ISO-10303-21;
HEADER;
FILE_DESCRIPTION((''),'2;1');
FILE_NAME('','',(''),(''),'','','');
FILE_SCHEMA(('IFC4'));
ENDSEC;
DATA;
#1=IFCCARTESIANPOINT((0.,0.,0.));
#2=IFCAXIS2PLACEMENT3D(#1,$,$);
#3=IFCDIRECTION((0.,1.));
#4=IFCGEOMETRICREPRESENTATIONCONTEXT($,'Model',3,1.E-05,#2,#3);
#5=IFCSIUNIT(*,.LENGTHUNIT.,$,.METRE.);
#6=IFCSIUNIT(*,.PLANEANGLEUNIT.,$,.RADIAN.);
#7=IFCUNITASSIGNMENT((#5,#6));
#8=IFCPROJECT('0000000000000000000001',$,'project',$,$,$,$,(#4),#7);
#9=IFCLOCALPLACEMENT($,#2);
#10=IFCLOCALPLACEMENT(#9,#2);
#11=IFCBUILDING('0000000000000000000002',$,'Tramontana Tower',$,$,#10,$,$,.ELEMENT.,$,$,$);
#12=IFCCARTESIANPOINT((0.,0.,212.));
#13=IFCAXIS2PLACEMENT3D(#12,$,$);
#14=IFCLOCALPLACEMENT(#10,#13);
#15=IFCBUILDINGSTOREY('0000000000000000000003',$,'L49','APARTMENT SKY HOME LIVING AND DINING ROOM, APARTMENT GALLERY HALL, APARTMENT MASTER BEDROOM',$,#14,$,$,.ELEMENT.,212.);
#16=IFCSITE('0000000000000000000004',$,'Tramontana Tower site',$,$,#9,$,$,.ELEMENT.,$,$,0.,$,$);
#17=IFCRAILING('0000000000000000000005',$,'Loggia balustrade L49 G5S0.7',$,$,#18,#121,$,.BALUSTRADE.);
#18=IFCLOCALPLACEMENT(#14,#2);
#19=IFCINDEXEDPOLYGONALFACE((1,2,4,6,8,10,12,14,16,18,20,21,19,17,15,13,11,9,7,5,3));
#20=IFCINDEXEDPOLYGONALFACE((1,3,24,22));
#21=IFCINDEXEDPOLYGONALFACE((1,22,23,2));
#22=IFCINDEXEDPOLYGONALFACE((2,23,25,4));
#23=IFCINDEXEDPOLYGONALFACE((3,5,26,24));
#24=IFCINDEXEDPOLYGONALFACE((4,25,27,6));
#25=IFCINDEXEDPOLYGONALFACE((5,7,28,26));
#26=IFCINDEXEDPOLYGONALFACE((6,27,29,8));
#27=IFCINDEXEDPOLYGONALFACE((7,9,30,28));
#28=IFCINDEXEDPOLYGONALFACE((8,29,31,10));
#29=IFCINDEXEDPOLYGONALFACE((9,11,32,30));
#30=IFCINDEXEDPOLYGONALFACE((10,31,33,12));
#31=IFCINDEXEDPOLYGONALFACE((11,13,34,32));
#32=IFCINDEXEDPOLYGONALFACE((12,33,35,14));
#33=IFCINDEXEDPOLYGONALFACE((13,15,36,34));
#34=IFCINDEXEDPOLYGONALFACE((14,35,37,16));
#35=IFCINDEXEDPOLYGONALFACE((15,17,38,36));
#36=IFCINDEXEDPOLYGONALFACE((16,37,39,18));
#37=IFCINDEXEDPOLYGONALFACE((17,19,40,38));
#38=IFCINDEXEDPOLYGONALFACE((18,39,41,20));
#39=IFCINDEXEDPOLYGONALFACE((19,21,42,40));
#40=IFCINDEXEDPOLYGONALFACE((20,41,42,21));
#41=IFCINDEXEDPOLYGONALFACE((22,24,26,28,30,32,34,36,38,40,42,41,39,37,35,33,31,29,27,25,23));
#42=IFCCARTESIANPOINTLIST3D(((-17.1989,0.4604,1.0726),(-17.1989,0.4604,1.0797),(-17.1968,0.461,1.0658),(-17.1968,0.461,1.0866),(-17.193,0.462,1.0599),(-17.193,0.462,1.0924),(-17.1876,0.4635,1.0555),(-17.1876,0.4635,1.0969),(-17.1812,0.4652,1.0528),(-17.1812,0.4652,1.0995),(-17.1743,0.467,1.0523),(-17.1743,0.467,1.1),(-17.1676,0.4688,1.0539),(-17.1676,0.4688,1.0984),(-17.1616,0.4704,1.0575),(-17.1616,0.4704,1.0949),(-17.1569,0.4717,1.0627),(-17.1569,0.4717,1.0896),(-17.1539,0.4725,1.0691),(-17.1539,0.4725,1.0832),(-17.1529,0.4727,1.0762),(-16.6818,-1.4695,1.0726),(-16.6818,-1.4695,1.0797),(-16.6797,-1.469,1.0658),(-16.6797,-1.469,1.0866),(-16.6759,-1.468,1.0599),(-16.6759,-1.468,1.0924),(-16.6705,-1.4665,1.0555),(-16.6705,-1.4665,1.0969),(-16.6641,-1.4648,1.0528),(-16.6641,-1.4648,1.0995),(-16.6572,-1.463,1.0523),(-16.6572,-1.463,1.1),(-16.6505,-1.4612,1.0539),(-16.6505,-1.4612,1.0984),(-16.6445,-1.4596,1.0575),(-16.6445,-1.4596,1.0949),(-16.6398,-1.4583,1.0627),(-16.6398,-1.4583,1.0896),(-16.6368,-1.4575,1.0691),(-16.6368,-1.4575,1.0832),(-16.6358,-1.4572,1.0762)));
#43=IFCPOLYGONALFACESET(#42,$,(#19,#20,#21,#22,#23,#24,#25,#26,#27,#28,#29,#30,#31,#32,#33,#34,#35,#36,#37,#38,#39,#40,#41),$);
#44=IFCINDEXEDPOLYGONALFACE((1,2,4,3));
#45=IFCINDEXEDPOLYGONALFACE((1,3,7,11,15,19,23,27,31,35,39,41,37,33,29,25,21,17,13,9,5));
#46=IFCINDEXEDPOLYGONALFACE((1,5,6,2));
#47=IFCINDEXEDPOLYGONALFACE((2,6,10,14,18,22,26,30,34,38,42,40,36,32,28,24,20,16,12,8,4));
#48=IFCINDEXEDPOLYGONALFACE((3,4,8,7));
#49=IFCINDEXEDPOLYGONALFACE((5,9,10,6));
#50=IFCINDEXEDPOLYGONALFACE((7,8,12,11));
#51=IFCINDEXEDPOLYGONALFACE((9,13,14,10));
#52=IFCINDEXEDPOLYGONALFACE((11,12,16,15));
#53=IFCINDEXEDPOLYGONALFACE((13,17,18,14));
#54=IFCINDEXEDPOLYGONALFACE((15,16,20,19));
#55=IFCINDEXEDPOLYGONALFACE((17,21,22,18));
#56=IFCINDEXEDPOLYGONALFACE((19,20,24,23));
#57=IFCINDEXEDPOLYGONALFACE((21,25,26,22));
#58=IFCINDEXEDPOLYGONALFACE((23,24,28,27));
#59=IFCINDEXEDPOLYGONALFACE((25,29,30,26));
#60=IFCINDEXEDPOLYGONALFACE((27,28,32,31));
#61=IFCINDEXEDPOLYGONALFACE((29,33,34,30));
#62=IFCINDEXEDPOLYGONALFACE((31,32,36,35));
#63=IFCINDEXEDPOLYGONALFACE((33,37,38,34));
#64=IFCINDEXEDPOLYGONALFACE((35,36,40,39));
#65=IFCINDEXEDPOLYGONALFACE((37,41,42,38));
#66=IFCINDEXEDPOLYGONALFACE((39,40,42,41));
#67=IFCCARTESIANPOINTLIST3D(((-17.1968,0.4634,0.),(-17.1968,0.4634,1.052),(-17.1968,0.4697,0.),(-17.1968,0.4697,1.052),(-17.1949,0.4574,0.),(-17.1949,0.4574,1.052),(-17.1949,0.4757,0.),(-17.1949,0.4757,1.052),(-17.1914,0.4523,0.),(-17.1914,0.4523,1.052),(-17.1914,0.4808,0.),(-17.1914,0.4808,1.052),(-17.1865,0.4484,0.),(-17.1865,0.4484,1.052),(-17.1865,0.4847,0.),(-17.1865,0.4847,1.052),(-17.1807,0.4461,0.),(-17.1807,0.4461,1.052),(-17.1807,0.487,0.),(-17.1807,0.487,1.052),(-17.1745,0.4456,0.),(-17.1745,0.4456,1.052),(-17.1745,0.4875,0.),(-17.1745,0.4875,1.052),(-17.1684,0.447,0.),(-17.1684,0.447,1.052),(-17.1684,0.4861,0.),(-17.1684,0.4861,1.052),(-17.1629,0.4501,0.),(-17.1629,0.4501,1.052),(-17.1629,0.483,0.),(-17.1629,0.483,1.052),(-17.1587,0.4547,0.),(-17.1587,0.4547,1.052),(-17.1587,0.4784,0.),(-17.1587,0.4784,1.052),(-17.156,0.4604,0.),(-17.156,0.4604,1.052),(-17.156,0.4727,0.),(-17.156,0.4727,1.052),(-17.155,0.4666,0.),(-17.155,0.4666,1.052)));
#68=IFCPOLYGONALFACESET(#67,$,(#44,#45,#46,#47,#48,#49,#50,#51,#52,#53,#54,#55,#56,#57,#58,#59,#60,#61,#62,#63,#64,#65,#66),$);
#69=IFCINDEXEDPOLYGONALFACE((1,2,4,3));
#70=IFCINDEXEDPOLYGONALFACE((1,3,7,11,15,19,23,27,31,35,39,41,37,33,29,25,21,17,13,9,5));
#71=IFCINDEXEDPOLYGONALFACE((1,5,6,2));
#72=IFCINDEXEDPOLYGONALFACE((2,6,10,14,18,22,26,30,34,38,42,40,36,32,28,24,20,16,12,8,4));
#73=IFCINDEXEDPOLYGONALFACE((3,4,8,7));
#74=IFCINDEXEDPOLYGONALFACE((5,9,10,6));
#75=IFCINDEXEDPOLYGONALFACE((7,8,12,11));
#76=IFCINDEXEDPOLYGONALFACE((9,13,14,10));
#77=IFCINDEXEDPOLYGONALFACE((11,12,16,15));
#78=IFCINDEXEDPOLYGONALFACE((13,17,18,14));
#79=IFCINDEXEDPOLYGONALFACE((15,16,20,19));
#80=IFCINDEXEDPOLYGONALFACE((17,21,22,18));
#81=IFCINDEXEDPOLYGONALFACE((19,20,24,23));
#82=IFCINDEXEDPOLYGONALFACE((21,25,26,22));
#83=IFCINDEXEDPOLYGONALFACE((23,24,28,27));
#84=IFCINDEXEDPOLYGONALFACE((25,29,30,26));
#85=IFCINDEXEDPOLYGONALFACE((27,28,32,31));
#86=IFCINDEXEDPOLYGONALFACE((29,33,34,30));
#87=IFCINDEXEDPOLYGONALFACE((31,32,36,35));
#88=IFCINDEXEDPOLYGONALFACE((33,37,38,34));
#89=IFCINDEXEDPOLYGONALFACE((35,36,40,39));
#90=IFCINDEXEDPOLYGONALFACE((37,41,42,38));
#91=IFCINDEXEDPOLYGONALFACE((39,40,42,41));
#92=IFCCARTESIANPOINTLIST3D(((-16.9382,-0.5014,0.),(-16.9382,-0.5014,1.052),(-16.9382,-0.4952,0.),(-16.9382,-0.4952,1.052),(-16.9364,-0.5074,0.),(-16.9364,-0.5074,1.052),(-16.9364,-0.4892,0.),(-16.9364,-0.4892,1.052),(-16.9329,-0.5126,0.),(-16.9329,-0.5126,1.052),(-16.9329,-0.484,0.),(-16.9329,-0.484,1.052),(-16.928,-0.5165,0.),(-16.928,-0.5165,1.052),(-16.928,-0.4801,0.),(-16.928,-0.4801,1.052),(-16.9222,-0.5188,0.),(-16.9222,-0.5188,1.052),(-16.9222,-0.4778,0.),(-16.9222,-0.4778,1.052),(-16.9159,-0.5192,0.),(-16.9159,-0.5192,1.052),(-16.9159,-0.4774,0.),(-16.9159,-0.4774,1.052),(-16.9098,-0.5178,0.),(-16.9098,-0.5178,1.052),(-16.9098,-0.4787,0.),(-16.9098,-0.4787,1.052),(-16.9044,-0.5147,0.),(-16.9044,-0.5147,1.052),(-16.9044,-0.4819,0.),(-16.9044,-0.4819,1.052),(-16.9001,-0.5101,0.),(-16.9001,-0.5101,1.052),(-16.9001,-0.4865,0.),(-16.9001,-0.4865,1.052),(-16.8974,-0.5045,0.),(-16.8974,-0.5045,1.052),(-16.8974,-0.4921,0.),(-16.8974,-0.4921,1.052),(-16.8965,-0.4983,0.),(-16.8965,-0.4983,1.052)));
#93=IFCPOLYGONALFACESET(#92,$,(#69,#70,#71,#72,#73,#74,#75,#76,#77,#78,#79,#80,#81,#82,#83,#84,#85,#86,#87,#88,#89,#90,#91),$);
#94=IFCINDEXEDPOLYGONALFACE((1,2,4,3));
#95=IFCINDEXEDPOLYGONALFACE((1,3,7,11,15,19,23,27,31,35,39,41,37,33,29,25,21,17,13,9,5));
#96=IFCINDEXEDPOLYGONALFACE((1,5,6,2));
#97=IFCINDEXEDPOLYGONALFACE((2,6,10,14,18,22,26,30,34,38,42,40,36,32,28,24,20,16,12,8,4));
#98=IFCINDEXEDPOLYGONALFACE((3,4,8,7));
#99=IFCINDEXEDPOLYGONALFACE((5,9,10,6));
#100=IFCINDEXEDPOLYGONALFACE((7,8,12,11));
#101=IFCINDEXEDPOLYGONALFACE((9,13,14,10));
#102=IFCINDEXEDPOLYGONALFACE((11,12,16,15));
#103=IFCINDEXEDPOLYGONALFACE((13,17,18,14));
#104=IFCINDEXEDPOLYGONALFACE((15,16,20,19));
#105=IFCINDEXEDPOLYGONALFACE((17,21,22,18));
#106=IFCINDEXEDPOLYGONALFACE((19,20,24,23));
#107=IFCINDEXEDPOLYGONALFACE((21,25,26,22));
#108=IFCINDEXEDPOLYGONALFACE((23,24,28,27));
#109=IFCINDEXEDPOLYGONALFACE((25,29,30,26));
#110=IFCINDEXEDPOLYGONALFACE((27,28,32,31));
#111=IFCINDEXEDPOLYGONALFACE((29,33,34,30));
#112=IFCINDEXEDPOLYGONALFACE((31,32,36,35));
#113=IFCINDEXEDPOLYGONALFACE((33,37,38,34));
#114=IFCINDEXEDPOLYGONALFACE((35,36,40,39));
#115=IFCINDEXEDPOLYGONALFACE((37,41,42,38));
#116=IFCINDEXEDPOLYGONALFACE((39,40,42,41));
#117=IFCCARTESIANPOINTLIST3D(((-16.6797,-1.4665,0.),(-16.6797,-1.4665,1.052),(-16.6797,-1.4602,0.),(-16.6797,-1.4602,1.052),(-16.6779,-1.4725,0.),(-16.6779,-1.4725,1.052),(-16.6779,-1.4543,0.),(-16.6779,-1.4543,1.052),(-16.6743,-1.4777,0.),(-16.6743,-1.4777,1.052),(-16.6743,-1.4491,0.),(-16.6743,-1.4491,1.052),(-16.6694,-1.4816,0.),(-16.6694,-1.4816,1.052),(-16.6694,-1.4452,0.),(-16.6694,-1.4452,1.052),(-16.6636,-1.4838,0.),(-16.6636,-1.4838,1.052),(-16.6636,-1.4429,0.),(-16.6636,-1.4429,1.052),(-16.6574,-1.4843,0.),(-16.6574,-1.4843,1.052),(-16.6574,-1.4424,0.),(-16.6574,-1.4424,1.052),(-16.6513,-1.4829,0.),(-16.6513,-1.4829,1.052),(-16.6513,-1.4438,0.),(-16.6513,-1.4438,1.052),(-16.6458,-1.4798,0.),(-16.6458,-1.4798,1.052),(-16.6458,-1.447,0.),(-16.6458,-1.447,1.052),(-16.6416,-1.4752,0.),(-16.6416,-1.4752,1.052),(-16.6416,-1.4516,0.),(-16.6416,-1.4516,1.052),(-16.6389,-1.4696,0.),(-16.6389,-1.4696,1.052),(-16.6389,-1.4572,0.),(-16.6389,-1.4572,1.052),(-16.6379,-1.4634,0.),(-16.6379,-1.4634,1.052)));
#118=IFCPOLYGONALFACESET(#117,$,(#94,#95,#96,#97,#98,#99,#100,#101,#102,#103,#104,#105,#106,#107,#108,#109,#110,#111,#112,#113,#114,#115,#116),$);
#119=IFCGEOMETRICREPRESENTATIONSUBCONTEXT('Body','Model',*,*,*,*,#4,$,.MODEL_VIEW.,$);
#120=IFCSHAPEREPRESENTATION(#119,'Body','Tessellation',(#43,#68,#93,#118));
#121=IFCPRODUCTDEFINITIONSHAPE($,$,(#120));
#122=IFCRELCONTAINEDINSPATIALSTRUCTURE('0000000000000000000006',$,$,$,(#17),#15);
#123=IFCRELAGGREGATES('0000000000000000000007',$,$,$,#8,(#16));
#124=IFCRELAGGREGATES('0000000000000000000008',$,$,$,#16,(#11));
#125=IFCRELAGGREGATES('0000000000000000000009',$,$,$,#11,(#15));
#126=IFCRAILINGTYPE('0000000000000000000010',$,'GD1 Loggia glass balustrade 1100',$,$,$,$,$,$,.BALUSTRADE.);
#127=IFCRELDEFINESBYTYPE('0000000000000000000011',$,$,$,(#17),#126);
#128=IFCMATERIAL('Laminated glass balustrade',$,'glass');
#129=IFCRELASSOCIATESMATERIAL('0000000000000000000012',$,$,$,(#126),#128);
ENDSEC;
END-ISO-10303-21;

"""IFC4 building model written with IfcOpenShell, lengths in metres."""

from ifc_helpers import new_model, si_unit, direction, frame, origin, origin_2d, place, context, subcontext, project, spatial, circle, extrude, material, type_object, element, save


model = new_model("IFC4")

# Units and contexts
model_context = context("Model", 3, precision=1e-05, world=origin(), true_north=direction((0.0, 1.0)))
body_context = subcontext(model_context, "Body", "Model", "MODEL_VIEW")
ifc_project = project(units=[si_unit("LENGTHUNIT", "METRE"), si_unit("PLANEANGLEUNIT", "RADIAN")], contexts=[model_context])

# Site, building, storey
site_placement = place(None, origin())
site = spatial("IfcSite", under=ifc_project, at=site_placement, Name="Tramontana Tower site", CompositionType="ELEMENT", RefElevation=0.0)
building_placement = place(site_placement, origin())
building = spatial("IfcBuilding", under=site, at=building_placement, Name="Tramontana Tower", CompositionType="ELEMENT")
storey_placement = place(building_placement, frame((0.0, 0.0, 212.0)))
storey = spatial("IfcBuildingStorey", under=building, at=storey_placement, Name="L49", Description="APARTMENT SKY HOME LIVING AND DINING ROOM, APARTMENT GALLERY HALL, APARTMENT MASTER BEDROOM", CompositionType="ELEMENT", Elevation=212.0)

# Railing
ifc_material_1 = material(Name="Laminated glass balustrade", Category="glass")
railing_type = type_object("IfcRailingType", Name="GD1 Loggia glass balustrade 1100", PredefinedType="BALUSTRADE", material=ifc_material_1)
railing_placement = place(storey_placement, frame((-17.176, 0.4666, 0.0)))
element("IfcRailing", 1, at=railing_placement, inside=storey, type_object=railing_type, Name="Loggia balustrade L49 G5S0.7", PredefinedType="BALUSTRADE", context=body_context, shape_type="SweptSolid", body=[
    extrude(circle(Radius=0.0239, at=origin_2d()), frame((0.0, 0.0, 1.0762), z_axis=(0.258803, -0.96593, 0.0), x_axis=(0.96593, 0.258803, 0.0)), (0.0, 0.0, 1.0), 1.998),
    extrude(circle(Radius=0.021, at=origin_2d()), origin(), (0.0, 0.0, 1.0), 1.052),
    extrude(circle(Radius=0.021, at=origin_2d()), frame((0.2585, -0.9648, 0.0)), (0.0, 0.0, 1.0), 1.052),
    extrude(circle(Radius=0.021, at=origin_2d()), frame((0.5171, -1.9299, 0.0)), (0.0, 0.0, 1.0), 1.052),
])

save(model, "model.ifc")
